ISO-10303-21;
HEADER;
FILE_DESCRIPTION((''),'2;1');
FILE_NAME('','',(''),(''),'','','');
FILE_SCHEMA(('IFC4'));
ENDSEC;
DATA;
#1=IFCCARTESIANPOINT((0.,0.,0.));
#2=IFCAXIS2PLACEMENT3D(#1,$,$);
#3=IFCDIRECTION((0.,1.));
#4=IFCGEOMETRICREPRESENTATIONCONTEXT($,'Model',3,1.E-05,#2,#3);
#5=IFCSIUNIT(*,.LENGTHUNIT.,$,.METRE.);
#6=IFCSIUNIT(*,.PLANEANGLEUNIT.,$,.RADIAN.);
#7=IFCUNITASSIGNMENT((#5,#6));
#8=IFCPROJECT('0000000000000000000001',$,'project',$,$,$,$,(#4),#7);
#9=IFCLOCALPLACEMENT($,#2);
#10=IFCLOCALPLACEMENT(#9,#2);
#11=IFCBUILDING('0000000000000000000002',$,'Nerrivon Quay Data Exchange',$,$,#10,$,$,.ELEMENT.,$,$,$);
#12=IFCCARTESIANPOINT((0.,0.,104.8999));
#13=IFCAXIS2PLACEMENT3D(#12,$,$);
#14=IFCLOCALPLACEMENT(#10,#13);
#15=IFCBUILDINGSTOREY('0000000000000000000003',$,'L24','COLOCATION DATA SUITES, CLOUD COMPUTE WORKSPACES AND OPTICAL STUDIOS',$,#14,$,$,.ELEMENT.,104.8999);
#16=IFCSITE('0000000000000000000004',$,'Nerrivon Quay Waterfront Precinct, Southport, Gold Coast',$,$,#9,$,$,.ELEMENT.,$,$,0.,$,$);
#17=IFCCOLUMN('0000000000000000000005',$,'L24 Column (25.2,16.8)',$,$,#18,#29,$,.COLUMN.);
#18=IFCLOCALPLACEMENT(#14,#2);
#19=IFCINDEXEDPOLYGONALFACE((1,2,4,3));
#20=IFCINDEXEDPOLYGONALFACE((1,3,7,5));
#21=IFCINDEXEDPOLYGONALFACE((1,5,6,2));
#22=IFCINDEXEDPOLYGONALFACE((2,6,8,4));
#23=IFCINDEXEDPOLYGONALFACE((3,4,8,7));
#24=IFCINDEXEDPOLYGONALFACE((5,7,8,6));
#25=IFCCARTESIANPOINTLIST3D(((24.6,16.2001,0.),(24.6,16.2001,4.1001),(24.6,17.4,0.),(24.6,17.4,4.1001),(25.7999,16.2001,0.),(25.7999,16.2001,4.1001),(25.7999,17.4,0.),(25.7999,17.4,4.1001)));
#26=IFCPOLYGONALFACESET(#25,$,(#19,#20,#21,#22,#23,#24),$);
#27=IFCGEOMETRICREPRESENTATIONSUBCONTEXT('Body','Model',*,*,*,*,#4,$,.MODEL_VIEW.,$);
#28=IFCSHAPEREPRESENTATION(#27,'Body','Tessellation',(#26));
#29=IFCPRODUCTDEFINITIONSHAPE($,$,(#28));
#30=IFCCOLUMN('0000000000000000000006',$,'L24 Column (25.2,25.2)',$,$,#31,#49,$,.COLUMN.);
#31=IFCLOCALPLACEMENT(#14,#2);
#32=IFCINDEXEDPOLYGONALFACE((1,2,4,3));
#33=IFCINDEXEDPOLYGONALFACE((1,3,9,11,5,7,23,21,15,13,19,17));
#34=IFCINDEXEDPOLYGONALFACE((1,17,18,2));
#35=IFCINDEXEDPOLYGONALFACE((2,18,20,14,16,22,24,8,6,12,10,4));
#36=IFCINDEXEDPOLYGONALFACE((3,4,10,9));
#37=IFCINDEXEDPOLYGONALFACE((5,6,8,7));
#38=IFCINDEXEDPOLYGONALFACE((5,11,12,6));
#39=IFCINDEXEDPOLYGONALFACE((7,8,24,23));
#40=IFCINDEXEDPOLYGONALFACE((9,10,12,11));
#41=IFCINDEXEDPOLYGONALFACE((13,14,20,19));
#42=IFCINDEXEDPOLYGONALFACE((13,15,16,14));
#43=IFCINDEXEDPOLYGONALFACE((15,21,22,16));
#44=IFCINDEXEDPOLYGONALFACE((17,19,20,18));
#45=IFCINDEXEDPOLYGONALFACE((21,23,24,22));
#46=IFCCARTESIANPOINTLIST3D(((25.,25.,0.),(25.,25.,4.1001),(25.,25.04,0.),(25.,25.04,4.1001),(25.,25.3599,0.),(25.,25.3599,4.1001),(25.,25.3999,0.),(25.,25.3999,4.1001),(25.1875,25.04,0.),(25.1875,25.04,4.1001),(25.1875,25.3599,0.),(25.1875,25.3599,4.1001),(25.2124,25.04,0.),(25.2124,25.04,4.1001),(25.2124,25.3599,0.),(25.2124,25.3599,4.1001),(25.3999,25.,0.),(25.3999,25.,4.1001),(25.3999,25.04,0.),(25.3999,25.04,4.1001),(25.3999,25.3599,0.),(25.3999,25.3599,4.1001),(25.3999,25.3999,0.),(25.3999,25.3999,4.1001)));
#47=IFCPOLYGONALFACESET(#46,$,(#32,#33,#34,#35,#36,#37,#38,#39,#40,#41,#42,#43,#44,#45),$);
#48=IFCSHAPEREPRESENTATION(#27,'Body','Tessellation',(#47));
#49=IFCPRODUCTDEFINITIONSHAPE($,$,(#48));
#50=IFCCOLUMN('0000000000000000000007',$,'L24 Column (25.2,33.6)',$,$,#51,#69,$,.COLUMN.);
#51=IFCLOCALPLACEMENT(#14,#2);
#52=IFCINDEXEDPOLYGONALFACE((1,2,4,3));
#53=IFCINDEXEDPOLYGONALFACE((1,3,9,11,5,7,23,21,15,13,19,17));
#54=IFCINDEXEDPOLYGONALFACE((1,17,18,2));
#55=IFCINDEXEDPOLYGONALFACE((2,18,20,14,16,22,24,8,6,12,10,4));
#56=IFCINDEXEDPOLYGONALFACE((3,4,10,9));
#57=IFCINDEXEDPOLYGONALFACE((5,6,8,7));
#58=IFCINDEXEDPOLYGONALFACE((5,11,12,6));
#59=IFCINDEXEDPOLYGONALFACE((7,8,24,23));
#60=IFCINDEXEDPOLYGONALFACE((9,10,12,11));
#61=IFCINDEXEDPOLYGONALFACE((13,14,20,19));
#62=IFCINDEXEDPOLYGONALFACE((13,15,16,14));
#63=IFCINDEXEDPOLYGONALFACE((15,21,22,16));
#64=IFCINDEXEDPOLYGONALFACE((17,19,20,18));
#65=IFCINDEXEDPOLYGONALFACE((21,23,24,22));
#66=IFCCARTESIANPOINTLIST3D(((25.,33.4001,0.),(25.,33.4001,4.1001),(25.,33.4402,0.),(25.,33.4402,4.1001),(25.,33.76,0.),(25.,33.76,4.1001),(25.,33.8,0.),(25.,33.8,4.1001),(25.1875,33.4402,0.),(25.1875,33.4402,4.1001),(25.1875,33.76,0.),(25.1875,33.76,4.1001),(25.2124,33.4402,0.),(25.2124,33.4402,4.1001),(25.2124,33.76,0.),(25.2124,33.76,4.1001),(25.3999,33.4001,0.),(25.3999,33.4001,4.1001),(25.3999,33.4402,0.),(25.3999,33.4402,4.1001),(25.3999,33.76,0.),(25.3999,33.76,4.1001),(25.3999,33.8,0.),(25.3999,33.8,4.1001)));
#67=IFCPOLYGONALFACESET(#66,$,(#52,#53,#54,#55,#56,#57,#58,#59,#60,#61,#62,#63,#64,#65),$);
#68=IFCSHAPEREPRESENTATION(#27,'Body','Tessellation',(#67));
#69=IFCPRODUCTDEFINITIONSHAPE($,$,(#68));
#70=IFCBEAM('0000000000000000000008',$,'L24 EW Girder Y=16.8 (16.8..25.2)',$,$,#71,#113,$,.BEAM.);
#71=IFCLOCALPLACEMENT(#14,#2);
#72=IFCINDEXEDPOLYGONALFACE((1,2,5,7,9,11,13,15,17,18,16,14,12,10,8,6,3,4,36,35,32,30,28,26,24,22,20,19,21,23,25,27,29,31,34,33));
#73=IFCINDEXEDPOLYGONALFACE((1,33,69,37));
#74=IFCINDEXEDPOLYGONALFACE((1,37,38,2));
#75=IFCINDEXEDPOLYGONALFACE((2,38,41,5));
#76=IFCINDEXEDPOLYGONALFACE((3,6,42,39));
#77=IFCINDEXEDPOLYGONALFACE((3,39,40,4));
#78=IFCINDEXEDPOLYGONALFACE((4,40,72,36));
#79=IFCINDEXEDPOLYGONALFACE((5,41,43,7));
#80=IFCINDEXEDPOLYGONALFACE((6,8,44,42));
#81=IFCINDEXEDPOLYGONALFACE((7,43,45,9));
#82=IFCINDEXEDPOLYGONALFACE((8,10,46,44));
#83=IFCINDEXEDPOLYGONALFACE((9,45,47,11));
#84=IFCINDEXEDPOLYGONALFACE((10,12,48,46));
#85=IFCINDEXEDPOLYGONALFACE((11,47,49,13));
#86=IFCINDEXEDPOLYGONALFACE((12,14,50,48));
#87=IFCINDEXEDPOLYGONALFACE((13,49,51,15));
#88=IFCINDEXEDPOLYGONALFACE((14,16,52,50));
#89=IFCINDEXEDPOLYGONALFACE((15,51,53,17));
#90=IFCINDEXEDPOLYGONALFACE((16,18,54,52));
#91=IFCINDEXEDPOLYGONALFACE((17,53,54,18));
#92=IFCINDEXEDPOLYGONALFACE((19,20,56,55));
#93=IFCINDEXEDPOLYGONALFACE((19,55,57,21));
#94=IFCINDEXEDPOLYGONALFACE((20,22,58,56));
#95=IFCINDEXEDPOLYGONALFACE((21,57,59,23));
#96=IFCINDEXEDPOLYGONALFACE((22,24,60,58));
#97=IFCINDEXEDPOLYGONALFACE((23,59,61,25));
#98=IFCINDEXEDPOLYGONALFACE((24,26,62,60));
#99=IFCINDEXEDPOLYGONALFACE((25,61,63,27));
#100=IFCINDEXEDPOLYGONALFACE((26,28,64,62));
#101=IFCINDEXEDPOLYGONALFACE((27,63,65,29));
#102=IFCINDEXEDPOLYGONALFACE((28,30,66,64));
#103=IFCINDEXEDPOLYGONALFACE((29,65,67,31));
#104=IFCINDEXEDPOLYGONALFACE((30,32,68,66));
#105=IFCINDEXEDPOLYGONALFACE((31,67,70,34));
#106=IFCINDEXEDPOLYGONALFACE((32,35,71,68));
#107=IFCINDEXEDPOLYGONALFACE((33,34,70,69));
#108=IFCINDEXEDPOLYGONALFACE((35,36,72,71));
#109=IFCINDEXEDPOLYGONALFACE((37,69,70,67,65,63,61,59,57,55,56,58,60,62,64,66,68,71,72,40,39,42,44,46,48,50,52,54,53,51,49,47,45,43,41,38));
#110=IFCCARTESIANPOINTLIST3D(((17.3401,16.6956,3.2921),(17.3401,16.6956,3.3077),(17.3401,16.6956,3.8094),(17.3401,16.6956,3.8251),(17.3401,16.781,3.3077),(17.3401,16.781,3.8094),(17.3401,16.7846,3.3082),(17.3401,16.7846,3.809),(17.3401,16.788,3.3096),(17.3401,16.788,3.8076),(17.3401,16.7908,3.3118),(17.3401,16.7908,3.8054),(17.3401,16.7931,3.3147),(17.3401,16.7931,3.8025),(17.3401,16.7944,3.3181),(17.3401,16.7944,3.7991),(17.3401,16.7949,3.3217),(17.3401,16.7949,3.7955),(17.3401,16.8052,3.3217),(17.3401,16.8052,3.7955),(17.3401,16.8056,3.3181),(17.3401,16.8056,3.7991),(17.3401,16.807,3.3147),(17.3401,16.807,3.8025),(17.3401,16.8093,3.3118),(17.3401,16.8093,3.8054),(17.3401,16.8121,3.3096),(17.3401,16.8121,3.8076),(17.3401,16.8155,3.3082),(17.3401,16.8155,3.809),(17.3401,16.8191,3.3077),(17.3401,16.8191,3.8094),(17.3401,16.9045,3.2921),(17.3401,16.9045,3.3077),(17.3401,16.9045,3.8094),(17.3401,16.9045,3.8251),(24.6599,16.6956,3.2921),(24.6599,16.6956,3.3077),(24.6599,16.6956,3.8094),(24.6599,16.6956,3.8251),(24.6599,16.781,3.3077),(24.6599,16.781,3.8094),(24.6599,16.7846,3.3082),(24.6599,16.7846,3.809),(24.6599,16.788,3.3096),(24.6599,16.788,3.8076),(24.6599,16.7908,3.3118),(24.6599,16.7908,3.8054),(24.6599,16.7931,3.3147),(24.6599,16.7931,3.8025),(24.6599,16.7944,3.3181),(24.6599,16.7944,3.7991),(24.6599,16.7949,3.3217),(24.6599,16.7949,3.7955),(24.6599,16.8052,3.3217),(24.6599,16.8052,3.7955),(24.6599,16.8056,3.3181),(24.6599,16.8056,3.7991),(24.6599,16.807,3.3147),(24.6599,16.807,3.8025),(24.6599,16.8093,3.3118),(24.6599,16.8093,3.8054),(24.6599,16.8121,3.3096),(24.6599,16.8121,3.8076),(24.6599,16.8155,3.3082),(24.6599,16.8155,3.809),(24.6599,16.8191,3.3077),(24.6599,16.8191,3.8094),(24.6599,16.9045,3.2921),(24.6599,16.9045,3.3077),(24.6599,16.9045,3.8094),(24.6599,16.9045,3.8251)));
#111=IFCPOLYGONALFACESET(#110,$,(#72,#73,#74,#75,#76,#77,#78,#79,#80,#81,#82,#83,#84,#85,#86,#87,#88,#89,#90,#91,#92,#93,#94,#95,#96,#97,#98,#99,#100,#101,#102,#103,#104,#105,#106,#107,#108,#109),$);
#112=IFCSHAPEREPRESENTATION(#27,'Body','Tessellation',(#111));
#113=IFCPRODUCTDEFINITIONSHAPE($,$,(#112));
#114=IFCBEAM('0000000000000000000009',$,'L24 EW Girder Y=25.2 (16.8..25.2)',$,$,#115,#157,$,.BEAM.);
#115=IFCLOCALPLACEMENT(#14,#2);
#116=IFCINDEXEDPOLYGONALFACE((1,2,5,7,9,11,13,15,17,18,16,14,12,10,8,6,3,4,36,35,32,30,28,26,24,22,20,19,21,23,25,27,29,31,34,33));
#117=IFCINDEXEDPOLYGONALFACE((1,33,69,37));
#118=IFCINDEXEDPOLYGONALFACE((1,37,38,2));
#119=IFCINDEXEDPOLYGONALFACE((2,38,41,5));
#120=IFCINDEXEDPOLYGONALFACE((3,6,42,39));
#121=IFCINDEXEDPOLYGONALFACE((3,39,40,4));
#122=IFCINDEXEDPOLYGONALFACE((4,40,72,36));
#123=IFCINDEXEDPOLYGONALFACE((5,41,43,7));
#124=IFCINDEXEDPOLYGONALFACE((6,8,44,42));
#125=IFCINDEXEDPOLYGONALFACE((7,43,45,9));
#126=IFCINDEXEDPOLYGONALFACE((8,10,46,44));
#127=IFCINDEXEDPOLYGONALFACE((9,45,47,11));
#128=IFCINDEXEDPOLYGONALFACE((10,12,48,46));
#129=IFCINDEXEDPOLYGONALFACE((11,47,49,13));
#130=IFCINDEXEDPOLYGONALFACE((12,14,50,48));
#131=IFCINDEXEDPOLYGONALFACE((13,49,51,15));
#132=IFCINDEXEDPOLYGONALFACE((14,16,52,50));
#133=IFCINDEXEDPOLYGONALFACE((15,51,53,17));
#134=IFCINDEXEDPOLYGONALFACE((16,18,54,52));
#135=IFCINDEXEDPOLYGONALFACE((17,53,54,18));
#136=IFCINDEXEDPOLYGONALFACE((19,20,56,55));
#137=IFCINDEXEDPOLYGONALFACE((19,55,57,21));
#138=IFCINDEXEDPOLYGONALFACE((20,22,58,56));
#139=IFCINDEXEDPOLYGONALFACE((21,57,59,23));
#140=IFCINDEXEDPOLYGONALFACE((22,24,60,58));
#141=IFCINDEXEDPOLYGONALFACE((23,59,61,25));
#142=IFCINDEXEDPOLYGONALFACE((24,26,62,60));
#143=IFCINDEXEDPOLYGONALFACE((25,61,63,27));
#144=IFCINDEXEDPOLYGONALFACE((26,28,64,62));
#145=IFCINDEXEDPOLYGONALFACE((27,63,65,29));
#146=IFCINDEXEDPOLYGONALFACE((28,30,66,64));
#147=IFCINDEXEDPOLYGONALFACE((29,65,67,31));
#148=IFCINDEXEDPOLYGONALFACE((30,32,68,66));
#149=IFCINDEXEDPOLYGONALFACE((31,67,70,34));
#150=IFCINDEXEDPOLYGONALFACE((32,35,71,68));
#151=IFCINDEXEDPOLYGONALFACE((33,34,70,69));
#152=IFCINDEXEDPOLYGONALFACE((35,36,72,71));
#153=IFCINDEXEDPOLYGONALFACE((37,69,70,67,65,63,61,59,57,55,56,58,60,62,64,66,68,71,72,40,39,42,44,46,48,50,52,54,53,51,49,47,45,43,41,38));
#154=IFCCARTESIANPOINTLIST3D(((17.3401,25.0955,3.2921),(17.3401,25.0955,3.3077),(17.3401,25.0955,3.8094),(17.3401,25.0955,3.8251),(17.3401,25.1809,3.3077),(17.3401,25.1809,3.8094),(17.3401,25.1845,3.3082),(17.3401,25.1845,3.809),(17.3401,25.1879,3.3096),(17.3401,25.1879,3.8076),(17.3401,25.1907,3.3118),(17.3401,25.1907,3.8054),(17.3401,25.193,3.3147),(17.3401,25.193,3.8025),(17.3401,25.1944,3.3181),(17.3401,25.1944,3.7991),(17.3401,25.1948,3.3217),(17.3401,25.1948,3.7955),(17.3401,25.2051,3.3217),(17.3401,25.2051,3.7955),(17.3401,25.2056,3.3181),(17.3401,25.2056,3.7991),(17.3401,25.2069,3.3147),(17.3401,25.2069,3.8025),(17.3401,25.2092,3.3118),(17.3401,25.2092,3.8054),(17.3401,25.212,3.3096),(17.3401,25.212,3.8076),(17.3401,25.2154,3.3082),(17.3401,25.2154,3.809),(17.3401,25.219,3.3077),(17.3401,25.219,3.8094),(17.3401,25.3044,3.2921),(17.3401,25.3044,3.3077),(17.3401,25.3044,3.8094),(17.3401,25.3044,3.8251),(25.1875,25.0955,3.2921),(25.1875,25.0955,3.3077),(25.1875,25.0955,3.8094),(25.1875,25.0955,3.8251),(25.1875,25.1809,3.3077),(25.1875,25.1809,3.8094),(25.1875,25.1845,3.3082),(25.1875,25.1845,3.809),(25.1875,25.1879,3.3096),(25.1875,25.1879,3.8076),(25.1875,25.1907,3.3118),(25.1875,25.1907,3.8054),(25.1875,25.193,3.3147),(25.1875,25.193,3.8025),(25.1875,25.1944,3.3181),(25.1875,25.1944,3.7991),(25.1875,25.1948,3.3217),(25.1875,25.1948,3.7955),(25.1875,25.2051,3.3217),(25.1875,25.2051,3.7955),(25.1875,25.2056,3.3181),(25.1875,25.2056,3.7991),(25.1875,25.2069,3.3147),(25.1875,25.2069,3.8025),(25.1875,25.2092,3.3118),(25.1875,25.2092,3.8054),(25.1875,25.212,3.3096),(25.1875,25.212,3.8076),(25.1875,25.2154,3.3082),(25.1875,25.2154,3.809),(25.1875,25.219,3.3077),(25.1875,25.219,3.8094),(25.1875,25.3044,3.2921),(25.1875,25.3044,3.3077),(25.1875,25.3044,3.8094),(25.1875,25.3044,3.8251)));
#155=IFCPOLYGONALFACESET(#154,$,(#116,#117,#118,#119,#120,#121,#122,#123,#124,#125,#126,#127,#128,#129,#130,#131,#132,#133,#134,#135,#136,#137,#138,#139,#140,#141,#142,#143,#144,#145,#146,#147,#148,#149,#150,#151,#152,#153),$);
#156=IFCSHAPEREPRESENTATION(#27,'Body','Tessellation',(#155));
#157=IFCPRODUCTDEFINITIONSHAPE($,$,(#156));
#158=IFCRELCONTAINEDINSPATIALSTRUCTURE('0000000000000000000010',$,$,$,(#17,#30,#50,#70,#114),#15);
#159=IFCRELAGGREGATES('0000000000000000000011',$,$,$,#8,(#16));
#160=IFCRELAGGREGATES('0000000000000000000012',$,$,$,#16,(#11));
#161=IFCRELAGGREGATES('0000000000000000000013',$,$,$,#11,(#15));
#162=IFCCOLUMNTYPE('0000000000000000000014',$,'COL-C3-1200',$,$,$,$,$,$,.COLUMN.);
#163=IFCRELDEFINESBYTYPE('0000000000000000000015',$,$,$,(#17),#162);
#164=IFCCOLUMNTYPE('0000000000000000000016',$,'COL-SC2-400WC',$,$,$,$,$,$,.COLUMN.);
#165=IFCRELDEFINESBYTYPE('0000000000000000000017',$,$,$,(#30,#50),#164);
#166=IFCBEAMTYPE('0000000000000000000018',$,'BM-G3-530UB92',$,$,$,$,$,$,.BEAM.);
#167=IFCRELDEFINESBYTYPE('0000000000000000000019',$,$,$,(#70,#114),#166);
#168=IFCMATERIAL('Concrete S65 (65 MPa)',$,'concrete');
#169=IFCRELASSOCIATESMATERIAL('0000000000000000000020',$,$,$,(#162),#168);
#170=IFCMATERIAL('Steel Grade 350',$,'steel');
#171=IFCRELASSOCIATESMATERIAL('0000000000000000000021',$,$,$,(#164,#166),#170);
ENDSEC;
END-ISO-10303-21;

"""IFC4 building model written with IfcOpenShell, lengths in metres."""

from ifc_helpers import new_model, si_unit, direction, frame, origin, origin_2d, place, context, subcontext, project, spatial, rectangle, i_section, extrude, material, material_profile, profile_set, type_object, element, save


model = new_model("IFC4")

# Units and contexts
model_context = context("Model", 3, precision=1e-05, world=origin(), true_north=direction((0.0, 1.0)))
body_context = subcontext(model_context, "Body", "Model", "MODEL_VIEW")
ifc_project = project(units=[si_unit("LENGTHUNIT", "METRE"), si_unit("PLANEANGLEUNIT", "RADIAN")], contexts=[model_context])

# Site, building, storey
site_placement = place(None, origin())
site = spatial("IfcSite", under=ifc_project, at=site_placement, Name="Nerrivon Quay Waterfront Precinct, Southport, Gold Coast", CompositionType="ELEMENT", RefElevation=0.0)
building_placement = place(site_placement, origin())
building = spatial("IfcBuilding", under=site, at=building_placement, Name="Nerrivon Quay Data Exchange", CompositionType="ELEMENT")
storey_placement = place(building_placement, frame((0.0, 0.0, 104.8999)))
storey = spatial("IfcBuildingStorey", under=building, at=storey_placement, Name="L24", Description="COLOCATION DATA SUITES, CLOUD COMPUTE WORKSPACES AND OPTICAL STUDIOS", CompositionType="ELEMENT", Elevation=104.8999)

# Columns
ifc_material_1 = material(Name="Concrete S65 (65 MPa)", Category="concrete")
ifc_material_profile_1 = material_profile(ifc_material_1, rectangle(XDim=1.2, YDim=1.2, at=origin_2d()), Name="RC-COL-1200x1200")
ifc_profile_set_1 = profile_set([ifc_material_profile_1], Name="Concrete S65 (65 MPa)")
column_type_1 = type_object("IfcColumnType", Name="COL-C3-1200", PredefinedType="COLUMN", material=ifc_profile_set_1)
column_placement = place(storey_placement, frame((25.2, 16.8, 0.0), z_axis=(0.0, 0.0, 1.0), x_axis=(1.0, 0.0, 0.0)))
element("IfcColumn", 1, at=column_placement, inside=storey, type_object=column_type_1, Name="L24 Column (25.2,16.8)", PredefinedType="COLUMN", context=body_context, shape_type="SweptSolid", body=[
    extrude(rectangle(XDim=1.2, YDim=1.2, at=origin_2d()), origin(), (0.0, 0.0, 1.0), 4.1001),
])
ifc_material_2 = material(Name="Steel Grade 350", Category="steel")
ifc_material_profile_2 = material_profile(ifc_material_2, i_section(OverallWidth=0.3999, OverallDepth=0.3999, WebThickness=0.0249, FlangeThickness=0.04, at=origin_2d()), Name="400WC328")
ifc_profile_set_2 = profile_set([ifc_material_profile_2], Name="Steel Grade 350")
column_type_2 = type_object("IfcColumnType", Name="COL-SC2-400WC", PredefinedType="COLUMN", material=ifc_profile_set_2)
for number, where, z_axis, x_axis, name in (
    (2, (25.2, 25.2, 0.0), (0.0, 0.0, 1.0), (1.0, 0.0, 0.0), "L24 Column (25.2,25.2)"),
    (3, (25.2, 33.6001, 0.0), (0.0, 0.0, 1.0), (1.0, 0.0, 0.0), "L24 Column (25.2,33.6)"),
):
    element("IfcColumn", number, at=place(storey_placement, frame(where, z_axis=z_axis, x_axis=x_axis)), inside=storey, type_object=column_type_2, Name=name, PredefinedType="COLUMN", context=body_context, shape_type="SweptSolid", body=[
        extrude(i_section(OverallWidth=0.3999, OverallDepth=0.3999, WebThickness=0.0249, FlangeThickness=0.04, at=origin_2d()), origin(), (0.0, 0.0, 1.0), 4.1001),
    ])

# Beams
ifc_material_profile_3 = material_profile(ifc_material_2, i_section(OverallWidth=0.209, OverallDepth=0.533, WebThickness=0.0103, FlangeThickness=0.0156, FilletRadius=0.0139, at=origin_2d()), Name="530UB92.4")
ifc_profile_set_3 = profile_set([ifc_material_profile_3], Name="Steel Grade 350")
beam_type_1 = type_object("IfcBeamType", Name="BM-G3-530UB92", PredefinedType="BEAM", material=ifc_profile_set_3)
beam_1_placement = place(storey_placement, frame((17.3401, 16.8, 3.5586), z_axis=(1.0, 0.0, 0.0), x_axis=(0.0, 1.0, 0.0)))
element("IfcBeam", 4, at=beam_1_placement, inside=storey, type_object=beam_type_1, Name="L24 EW Girder Y=16.8 (16.8..25.2)", PredefinedType="BEAM", context=body_context, shape_type="SweptSolid", body=[
    extrude(i_section(OverallWidth=0.209, OverallDepth=0.533, WebThickness=0.0103, FlangeThickness=0.0156, FilletRadius=0.0139, at=origin_2d()), origin(), (0.0, 0.0, 1.0), 7.3198),
])
beam_2_placement = place(storey_placement, frame((17.3401, 25.2, 3.5586), z_axis=(1.0, 0.0, 0.0), x_axis=(0.0, 1.0, 0.0)))
element("IfcBeam", 5, at=beam_2_placement, inside=storey, type_object=beam_type_1, Name="L24 EW Girder Y=25.2 (16.8..25.2)", PredefinedType="BEAM", context=body_context, shape_type="SweptSolid", body=[
    extrude(i_section(OverallWidth=0.209, OverallDepth=0.533, WebThickness=0.0103, FlangeThickness=0.0156, FilletRadius=0.0139, at=origin_2d()), origin(), (0.0, 0.0, 1.0), 7.8474),
])

save(model, "model.ifc")
